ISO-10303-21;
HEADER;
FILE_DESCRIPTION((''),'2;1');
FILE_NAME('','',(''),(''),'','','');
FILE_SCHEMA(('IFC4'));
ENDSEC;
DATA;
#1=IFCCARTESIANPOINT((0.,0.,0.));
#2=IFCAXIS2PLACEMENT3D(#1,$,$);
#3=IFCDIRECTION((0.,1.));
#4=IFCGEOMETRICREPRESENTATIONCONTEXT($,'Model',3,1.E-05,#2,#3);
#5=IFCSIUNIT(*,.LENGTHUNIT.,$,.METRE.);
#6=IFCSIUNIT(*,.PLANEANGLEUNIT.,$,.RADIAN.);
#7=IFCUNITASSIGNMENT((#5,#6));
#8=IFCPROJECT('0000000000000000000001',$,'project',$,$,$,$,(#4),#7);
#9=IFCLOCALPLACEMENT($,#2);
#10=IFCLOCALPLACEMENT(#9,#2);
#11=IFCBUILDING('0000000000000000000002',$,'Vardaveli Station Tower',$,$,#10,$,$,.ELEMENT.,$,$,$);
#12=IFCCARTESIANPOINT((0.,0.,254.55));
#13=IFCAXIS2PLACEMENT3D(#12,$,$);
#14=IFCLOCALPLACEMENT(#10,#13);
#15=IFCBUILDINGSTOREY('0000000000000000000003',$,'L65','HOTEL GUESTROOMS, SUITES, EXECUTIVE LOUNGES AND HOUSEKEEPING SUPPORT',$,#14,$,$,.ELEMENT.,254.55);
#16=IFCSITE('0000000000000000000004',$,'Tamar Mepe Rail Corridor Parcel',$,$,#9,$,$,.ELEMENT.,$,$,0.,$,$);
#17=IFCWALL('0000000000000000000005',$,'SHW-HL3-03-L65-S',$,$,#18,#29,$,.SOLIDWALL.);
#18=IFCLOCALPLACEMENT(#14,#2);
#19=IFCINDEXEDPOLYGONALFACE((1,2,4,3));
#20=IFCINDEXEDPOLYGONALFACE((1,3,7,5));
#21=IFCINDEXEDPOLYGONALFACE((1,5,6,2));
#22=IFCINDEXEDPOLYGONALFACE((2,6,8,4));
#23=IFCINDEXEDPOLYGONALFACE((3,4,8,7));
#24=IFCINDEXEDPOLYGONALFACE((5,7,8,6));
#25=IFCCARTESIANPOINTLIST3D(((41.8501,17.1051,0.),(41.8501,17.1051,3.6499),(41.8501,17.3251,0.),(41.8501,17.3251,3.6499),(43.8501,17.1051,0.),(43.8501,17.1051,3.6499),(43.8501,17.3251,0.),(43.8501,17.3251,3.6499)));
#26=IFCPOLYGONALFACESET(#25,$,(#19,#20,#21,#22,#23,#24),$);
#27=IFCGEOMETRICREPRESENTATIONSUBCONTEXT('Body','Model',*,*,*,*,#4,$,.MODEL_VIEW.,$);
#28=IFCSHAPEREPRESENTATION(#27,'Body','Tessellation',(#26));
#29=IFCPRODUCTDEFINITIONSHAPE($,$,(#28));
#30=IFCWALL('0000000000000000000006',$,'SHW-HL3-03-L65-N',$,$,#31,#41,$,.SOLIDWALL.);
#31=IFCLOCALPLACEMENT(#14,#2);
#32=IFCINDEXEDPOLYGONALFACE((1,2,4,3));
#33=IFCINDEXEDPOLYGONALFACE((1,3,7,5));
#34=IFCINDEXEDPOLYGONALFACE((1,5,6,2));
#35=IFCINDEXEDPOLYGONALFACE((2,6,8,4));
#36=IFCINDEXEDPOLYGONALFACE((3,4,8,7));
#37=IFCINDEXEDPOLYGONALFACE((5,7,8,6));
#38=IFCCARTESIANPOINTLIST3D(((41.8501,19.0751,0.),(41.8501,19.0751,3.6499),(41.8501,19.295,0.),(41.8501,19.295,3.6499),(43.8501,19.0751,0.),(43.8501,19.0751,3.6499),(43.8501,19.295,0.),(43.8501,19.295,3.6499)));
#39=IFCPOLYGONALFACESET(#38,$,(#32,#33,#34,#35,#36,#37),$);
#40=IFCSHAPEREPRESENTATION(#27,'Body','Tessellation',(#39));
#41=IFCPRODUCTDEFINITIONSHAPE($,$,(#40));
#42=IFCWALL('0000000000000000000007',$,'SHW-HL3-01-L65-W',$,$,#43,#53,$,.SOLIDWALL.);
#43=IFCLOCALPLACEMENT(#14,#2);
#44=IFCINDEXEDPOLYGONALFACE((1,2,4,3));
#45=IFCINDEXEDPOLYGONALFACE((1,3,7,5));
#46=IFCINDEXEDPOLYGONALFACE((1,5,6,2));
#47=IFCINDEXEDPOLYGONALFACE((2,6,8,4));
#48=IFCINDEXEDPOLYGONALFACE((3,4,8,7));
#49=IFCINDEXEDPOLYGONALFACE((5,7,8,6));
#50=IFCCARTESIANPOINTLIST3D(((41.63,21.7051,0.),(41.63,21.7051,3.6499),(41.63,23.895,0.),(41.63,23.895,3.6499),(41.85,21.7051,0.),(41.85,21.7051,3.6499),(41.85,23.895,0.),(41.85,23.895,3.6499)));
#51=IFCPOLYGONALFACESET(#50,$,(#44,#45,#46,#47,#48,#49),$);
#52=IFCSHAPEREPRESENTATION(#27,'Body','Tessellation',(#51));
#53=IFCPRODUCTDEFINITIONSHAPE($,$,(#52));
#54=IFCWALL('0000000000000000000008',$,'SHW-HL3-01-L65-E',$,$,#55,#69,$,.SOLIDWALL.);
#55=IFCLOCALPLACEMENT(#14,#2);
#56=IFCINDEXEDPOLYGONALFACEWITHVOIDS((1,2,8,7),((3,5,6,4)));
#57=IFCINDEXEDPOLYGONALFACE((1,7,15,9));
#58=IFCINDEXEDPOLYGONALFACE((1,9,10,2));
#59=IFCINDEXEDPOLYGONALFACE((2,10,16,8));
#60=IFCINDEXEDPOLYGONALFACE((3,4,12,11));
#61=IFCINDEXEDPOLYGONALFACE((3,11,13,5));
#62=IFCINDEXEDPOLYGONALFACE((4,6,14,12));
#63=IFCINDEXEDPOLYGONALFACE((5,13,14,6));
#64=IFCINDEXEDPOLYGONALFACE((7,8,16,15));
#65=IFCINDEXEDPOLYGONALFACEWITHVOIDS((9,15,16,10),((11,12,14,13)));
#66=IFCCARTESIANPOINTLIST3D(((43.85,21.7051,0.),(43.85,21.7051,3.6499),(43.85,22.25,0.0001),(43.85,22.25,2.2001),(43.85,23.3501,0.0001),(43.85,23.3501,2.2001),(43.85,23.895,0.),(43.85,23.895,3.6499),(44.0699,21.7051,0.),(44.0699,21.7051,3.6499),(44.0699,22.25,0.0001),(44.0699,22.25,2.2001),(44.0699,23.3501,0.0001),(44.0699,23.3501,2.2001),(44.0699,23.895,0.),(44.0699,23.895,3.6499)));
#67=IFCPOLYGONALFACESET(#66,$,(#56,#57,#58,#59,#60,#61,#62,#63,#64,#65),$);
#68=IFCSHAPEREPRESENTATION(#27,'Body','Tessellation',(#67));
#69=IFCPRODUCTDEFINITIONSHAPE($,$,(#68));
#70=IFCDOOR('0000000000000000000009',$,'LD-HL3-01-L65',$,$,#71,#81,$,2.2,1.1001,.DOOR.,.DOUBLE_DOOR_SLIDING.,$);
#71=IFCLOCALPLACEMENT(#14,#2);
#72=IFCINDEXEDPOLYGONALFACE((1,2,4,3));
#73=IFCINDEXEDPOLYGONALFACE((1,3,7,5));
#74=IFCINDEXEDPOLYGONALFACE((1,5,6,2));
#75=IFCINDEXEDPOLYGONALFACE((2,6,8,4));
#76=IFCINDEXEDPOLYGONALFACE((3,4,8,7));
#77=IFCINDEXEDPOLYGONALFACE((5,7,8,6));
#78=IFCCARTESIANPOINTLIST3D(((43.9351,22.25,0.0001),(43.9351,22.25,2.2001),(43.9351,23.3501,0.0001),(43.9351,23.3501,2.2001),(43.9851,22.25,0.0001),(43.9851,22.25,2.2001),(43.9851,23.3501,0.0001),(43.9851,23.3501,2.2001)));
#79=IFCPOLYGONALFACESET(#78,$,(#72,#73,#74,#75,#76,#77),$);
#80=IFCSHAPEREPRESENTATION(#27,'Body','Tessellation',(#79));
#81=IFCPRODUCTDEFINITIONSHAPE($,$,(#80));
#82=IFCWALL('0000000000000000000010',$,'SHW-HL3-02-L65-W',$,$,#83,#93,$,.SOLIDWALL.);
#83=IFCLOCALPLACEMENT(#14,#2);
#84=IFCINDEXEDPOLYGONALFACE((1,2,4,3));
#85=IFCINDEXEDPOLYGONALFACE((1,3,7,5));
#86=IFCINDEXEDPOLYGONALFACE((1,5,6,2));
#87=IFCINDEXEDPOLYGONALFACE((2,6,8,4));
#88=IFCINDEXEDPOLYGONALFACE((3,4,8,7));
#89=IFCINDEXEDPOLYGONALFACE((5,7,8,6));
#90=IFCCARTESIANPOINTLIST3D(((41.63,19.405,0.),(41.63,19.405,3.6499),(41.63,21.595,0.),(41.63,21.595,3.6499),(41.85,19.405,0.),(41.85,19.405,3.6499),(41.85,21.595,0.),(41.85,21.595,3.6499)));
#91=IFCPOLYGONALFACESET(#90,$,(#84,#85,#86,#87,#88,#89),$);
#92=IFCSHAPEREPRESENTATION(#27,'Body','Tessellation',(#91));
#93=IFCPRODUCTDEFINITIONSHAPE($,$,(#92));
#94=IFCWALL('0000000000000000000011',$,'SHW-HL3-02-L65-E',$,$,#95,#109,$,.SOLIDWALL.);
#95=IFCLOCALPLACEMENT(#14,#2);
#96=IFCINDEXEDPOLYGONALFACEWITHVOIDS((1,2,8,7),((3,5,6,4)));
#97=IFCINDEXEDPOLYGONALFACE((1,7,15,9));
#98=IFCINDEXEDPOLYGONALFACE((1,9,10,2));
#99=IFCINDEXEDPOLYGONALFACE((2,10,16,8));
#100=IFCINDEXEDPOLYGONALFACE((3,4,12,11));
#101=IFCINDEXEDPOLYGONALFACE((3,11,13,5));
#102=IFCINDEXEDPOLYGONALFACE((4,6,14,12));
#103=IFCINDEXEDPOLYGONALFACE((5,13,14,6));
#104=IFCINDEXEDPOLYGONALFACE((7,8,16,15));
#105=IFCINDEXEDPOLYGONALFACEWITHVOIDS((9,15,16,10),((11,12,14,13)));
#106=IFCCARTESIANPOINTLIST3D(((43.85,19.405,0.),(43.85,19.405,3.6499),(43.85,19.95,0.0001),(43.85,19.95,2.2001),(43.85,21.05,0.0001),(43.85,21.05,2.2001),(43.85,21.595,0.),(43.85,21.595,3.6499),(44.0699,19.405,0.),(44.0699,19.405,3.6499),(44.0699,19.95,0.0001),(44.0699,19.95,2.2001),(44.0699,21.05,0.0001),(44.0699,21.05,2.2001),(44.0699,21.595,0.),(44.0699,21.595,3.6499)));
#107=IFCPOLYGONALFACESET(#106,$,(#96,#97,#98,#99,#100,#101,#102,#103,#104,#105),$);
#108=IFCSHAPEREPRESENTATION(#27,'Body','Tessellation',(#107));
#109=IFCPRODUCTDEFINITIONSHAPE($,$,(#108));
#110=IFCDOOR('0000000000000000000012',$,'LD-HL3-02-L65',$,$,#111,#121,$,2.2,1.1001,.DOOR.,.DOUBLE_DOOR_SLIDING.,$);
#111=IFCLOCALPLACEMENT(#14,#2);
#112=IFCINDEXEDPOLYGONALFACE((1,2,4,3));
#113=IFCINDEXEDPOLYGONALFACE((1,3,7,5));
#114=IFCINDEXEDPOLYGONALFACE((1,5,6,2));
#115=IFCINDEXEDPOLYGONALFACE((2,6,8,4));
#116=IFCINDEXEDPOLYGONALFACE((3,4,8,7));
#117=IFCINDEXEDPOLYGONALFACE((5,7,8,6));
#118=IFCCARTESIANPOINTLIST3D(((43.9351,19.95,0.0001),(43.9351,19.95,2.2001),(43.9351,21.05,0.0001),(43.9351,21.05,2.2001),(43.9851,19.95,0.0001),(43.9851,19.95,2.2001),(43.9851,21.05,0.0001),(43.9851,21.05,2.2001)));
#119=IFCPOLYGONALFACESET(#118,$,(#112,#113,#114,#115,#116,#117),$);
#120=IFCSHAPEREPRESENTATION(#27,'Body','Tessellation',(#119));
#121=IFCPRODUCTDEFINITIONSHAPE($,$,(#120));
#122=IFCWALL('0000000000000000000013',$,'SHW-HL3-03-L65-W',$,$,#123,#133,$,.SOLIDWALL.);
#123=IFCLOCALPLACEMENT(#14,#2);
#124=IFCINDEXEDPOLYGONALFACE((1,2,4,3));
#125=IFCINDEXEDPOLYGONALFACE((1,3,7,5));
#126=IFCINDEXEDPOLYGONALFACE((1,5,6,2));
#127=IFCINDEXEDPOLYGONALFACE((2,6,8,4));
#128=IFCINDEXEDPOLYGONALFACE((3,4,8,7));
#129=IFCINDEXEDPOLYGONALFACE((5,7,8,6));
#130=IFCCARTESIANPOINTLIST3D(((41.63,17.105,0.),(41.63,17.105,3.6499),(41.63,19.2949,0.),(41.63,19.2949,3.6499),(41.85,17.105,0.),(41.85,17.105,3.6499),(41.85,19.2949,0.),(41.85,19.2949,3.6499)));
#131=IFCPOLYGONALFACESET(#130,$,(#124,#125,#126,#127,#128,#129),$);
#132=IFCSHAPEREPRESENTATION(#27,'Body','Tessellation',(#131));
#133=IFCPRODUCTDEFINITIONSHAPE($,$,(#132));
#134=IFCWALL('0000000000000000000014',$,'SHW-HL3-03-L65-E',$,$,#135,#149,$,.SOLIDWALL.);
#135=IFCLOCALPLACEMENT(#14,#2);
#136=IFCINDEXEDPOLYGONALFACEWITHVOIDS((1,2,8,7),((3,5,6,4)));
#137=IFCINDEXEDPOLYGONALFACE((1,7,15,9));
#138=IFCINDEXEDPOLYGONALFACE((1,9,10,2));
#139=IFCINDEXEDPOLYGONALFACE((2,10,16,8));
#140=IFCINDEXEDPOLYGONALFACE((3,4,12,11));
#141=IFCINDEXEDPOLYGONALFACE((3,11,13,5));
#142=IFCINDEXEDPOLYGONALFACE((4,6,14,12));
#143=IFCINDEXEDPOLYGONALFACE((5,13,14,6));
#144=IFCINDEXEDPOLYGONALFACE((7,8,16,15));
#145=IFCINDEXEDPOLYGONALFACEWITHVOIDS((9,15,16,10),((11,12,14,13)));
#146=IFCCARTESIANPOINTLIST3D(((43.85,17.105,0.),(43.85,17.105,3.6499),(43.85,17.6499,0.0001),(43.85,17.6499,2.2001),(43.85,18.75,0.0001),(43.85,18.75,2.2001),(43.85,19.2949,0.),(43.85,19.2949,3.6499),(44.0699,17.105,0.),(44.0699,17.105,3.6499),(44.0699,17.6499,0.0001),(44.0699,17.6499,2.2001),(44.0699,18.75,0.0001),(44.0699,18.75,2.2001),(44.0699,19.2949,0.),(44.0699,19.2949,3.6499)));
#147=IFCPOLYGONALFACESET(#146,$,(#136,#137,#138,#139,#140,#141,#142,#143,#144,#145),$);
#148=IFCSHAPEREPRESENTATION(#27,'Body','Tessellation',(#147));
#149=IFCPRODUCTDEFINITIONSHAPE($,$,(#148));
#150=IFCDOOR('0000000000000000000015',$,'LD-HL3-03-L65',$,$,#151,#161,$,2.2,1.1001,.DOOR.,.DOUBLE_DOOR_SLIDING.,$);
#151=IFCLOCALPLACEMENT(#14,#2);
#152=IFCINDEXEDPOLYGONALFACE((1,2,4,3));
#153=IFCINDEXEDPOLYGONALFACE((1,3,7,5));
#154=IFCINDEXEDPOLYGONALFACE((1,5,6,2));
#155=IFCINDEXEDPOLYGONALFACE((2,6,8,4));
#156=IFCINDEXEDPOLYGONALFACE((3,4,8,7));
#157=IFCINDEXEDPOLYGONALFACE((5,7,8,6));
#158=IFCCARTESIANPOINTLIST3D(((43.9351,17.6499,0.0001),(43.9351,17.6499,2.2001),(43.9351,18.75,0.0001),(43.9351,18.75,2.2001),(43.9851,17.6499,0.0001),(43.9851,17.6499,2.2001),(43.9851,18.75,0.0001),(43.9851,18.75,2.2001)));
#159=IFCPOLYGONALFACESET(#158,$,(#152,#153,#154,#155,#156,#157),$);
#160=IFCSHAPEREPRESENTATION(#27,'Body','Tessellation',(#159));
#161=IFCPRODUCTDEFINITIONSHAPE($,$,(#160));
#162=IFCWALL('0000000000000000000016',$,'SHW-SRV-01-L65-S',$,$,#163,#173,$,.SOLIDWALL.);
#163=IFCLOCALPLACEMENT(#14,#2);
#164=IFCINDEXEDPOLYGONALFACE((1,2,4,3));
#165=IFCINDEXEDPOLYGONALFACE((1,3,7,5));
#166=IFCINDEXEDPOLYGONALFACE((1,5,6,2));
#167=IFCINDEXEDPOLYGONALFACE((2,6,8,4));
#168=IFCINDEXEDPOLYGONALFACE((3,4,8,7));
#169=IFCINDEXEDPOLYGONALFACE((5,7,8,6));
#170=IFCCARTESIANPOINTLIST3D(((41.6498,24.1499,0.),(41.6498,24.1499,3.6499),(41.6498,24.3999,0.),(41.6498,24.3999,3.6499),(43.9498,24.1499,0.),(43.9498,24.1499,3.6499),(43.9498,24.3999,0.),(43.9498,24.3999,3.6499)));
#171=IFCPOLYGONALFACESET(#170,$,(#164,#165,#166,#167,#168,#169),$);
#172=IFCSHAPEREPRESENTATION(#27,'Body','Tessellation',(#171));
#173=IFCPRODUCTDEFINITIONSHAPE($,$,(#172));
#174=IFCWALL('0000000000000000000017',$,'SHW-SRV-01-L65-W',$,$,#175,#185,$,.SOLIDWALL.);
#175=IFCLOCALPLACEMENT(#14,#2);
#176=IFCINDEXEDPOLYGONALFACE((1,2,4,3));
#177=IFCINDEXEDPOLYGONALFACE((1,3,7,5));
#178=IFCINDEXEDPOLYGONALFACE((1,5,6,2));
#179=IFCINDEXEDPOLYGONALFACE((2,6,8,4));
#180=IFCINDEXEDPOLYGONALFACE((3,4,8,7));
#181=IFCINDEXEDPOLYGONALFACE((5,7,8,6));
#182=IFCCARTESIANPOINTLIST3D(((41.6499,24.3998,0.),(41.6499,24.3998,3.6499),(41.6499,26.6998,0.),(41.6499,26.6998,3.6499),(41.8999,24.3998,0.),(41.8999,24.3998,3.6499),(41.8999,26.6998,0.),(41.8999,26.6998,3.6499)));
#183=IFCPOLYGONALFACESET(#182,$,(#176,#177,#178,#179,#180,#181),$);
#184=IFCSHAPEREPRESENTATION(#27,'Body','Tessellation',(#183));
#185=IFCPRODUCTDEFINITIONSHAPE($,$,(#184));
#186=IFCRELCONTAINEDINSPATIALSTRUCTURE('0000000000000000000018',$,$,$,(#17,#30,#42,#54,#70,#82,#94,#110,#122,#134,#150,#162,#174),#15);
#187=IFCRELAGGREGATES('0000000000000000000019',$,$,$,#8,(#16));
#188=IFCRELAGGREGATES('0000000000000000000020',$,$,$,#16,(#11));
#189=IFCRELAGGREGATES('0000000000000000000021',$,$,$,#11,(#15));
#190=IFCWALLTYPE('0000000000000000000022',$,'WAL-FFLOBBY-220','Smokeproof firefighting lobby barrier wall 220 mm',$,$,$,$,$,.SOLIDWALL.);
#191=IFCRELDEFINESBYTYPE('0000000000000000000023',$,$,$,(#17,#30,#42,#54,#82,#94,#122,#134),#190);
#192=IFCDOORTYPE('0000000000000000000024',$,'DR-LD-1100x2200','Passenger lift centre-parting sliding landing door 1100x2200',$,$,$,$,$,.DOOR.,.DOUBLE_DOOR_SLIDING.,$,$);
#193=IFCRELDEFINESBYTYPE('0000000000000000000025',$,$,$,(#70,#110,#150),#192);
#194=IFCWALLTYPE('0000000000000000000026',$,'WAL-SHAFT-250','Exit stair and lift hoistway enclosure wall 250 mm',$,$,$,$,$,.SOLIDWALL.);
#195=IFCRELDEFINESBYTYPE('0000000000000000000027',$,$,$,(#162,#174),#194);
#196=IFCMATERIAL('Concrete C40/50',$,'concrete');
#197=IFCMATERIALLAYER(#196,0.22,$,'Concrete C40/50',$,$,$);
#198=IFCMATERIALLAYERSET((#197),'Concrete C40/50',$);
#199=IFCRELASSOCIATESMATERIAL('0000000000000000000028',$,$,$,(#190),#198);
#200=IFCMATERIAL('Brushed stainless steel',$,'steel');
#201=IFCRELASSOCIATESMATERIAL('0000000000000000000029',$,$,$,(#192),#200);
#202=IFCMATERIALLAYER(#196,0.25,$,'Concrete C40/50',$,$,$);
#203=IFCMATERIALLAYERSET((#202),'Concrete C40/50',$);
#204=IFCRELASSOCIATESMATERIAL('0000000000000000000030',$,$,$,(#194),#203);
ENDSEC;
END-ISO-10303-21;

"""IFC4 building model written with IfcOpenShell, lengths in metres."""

from ifc_helpers import new_model, si_unit, direction, frame, frame_2d, origin, place, context, subcontext, project, spatial, rectangle, extrude, source, transform, mapped, material, layer, layer_set, type_object, element, fill, save


model = new_model("IFC4")

# Units and contexts
model_context = context("Model", 3, precision=1e-05, world=origin(), true_north=direction((0.0, 1.0)))
body_context = subcontext(model_context, "Body", "Model", "MODEL_VIEW")
ifc_project = project(units=[si_unit("LENGTHUNIT", "METRE"), si_unit("PLANEANGLEUNIT", "RADIAN")], contexts=[model_context])

# Site, building, storey
site_placement = place(None, origin())
site = spatial("IfcSite", under=ifc_project, at=site_placement, Name="Tamar Mepe Rail Corridor Parcel", CompositionType="ELEMENT", RefElevation=0.0)
building_placement = place(site_placement, origin())
building = spatial("IfcBuilding", under=site, at=building_placement, Name="Vardaveli Station Tower", CompositionType="ELEMENT")
storey_placement = place(building_placement, frame((0.0, 0.0, 254.55)))
storey = spatial("IfcBuildingStorey", under=building, at=storey_placement, Name="L65", Description="HOTEL GUESTROOMS, SUITES, EXECUTIVE LOUNGES AND HOUSEKEEPING SUPPORT", CompositionType="ELEMENT", Elevation=254.55)

# Walls
ifc_material_1 = material(Name="Concrete C40/50", Category="concrete")
ifc_layer_1 = layer(ifc_material_1, 0.22, Name="Concrete C40/50")
ifc_layer_set_1 = layer_set([ifc_layer_1], Name="Concrete C40/50")
wall_type_1 = type_object("IfcWallType", Name="WAL-FFLOBBY-220", Description="Smokeproof firefighting lobby barrier wall 220 mm", PredefinedType="SOLIDWALL", material=ifc_layer_set_1)
shared_shape_1 = source(origin(), body_context, "Body", "SweptSolid", [
    extrude(rectangle(XDim=2.0, YDim=0.22, at=frame_2d((1.0, 0.0))), origin(), (0.0, 0.0, 1.0), 3.6499),
])
for number, where, z_axis, x_axis, name in (
    (1, (41.8501, 17.2151, 0.0), (0.0, 0.0, 1.0), (1.0, 0.0, 0.0), "SHW-HL3-03-L65-S"),
    (2, (41.8501, 19.1851, 0.0), (0.0, 0.0, 1.0), (1.0, 0.0, 0.0), "SHW-HL3-03-L65-N"),
):
    element("IfcWall", number, at=place(storey_placement, frame(where, z_axis=z_axis, x_axis=x_axis)), inside=storey, type_object=wall_type_1, Name=name, PredefinedType="SOLIDWALL", context=body_context, shape_type="MappedRepresentation", body=[
        mapped(shared_shape_1, transform((0.0, 0.0, 0.0), scale=1.0)),
    ])
shared_shape_2 = source(origin(), body_context, "Body", "SweptSolid", [
    extrude(rectangle(XDim=2.1899, YDim=0.22, at=frame_2d((1.095, 0.0))), origin(), (0.0, 0.0, 1.0), 3.6499),
])
wall_1_placement = place(storey_placement, frame((41.74, 21.7051, 0.0), z_axis=(0.0, 0.0, 1.0), x_axis=(0.0, 1.0, 0.0)))
element("IfcWall", 3, at=wall_1_placement, inside=storey, type_object=wall_type_1, Name="SHW-HL3-01-L65-W", PredefinedType="SOLIDWALL", context=body_context, shape_type="MappedRepresentation", body=[
    mapped(shared_shape_2, transform((0.0, 0.0, 0.0), scale=1.0)),
])

# Wall, opening, door
wall_2_placement = place(storey_placement, frame((43.96, 21.7051, 0.0), z_axis=(0.0, 0.0, 1.0), x_axis=(0.0, 1.0, 0.0)))
wall_2 = element("IfcWall", 4, at=wall_2_placement, inside=storey, type_object=wall_type_1, Name="SHW-HL3-01-L65-E", PredefinedType="SOLIDWALL", context=body_context, shape_type="MappedRepresentation", body=[
    mapped(shared_shape_2, transform((0.0, 0.0, 0.0), scale=1.0)),
])
shared_shape_3 = source(origin(), body_context, "Body", "SweptSolid", [
    extrude(rectangle(XDim=1.1001, YDim=2.2, at=frame_2d((0.55, 1.1001))), frame((0.0, 0.1201, 0.0), z_axis=(0.0, -1.0, 0.0), x_axis=(1.0, 0.0, 0.0)), (0.0, 0.0, 1.0), 0.24),
])
opening_1_placement = place(wall_2_placement, frame((0.5449, 0.0, 0.0)))
opening_1 = element("IfcOpeningElement", 5, at=opening_1_placement, cuts=wall_2, PredefinedType="OPENING", context=body_context, shape_type="MappedRepresentation", body=[
    mapped(shared_shape_3, transform((0.0, 0.0, 0.0), scale=1.0)),
])
ifc_material_2 = material(Name="Brushed stainless steel", Category="steel")
door_type = type_object("IfcDoorType", Name="DR-LD-1100x2200", Description="Passenger lift centre-parting sliding landing door 1100x2200", OperationType="DOUBLE_DOOR_SLIDING", PredefinedType="DOOR", material=ifc_material_2)
shared_shape_4 = source(origin(), body_context, "Body", "SweptSolid", [
    extrude(rectangle(XDim=1.1001, YDim=2.2, at=frame_2d((0.55, 1.1001))), frame((0.0, 0.0249, 0.0), z_axis=(0.0, -1.0, 0.0), x_axis=(1.0, 0.0, 0.0)), (0.0, 0.0, 1.0), 0.05),
])
door_1_placement = place(opening_1_placement, origin())
door_1 = element("IfcDoor", 6, at=door_1_placement, inside=storey, type_object=door_type, Name="LD-HL3-01-L65", OperationType="DOUBLE_DOOR_SLIDING", OverallHeight=2.2, OverallWidth=1.1001, PredefinedType="DOOR", context=body_context, shape_type="MappedRepresentation", body=[
    mapped(shared_shape_4, transform((0.0, 0.0, 0.0), scale=1.0)),
])
fill(opening_1, door_1)

# Wall
wall_3_placement = place(storey_placement, frame((41.74, 19.405, 0.0), z_axis=(0.0, 0.0, 1.0), x_axis=(0.0, 1.0, 0.0)))
element("IfcWall", 7, at=wall_3_placement, inside=storey, type_object=wall_type_1, Name="SHW-HL3-02-L65-W", PredefinedType="SOLIDWALL", context=body_context, shape_type="MappedRepresentation", body=[
    mapped(shared_shape_2, transform((0.0, 0.0, 0.0), scale=1.0)),
])

# Wall, opening, door
wall_4_placement = place(storey_placement, frame((43.96, 19.405, 0.0), z_axis=(0.0, 0.0, 1.0), x_axis=(0.0, 1.0, 0.0)))
wall_4 = element("IfcWall", 8, at=wall_4_placement, inside=storey, type_object=wall_type_1, Name="SHW-HL3-02-L65-E", PredefinedType="SOLIDWALL", context=body_context, shape_type="MappedRepresentation", body=[
    mapped(shared_shape_2, transform((0.0, 0.0, 0.0), scale=1.0)),
])
opening_2_placement = place(wall_4_placement, frame((0.5449, 0.0, 0.0)))
opening_2 = element("IfcOpeningElement", 9, at=opening_2_placement, cuts=wall_4, PredefinedType="OPENING", context=body_context, shape_type="MappedRepresentation", body=[
    mapped(shared_shape_3, transform((0.0, 0.0, 0.0), scale=1.0)),
])
door_2_placement = place(opening_2_placement, origin())
door_2 = element("IfcDoor", 10, at=door_2_placement, inside=storey, type_object=door_type, Name="LD-HL3-02-L65", OperationType="DOUBLE_DOOR_SLIDING", OverallHeight=2.2, OverallWidth=1.1001, PredefinedType="DOOR", context=body_context, shape_type="MappedRepresentation", body=[
    mapped(shared_shape_4, transform((0.0, 0.0, 0.0), scale=1.0)),
])
fill(opening_2, door_2)

# Wall
wall_5_placement = place(storey_placement, frame((41.74, 17.105, 0.0), z_axis=(0.0, 0.0, 1.0), x_axis=(0.0, 1.0, 0.0)))
element("IfcWall", 11, at=wall_5_placement, inside=storey, type_object=wall_type_1, Name="SHW-HL3-03-L65-W", PredefinedType="SOLIDWALL", context=body_context, shape_type="MappedRepresentation", body=[
    mapped(shared_shape_2, transform((0.0, 0.0, 0.0), scale=1.0)),
])

# Wall, opening, door
wall_6_placement = place(storey_placement, frame((43.96, 17.105, 0.0), z_axis=(0.0, 0.0, 1.0), x_axis=(0.0, 1.0, 0.0)))
wall_6 = element("IfcWall", 12, at=wall_6_placement, inside=storey, type_object=wall_type_1, Name="SHW-HL3-03-L65-E", PredefinedType="SOLIDWALL", context=body_context, shape_type="MappedRepresentation", body=[
    mapped(shared_shape_2, transform((0.0, 0.0, 0.0), scale=1.0)),
])
opening_3_placement = place(wall_6_placement, frame((0.5449, 0.0, 0.0)))
opening_3 = element("IfcOpeningElement", 13, at=opening_3_placement, cuts=wall_6, PredefinedType="OPENING", context=body_context, shape_type="MappedRepresentation", body=[
    mapped(shared_shape_3, transform((0.0, 0.0, 0.0), scale=1.0)),
])
door_3_placement = place(opening_3_placement, origin())
door_3 = element("IfcDoor", 14, at=door_3_placement, inside=storey, type_object=door_type, Name="LD-HL3-03-L65", OperationType="DOUBLE_DOOR_SLIDING", OverallHeight=2.2, OverallWidth=1.1001, PredefinedType="DOOR", context=body_context, shape_type="MappedRepresentation", body=[
    mapped(shared_shape_4, transform((0.0, 0.0, 0.0), scale=1.0)),
])
fill(opening_3, door_3)

# Walls
ifc_layer_2 = layer(ifc_material_1, 0.25, Name="Concrete C40/50")
ifc_layer_set_2 = layer_set([ifc_layer_2], Name="Concrete C40/50")
wall_type_2 = type_object("IfcWallType", Name="WAL-SHAFT-250", Description="Exit stair and lift hoistway enclosure wall 250 mm", PredefinedType="SOLIDWALL", material=ifc_layer_set_2)
shared_shape_5 = source(origin(), body_context, "Body", "SweptSolid", [
    extrude(rectangle(XDim=2.3, YDim=0.25, at=frame_2d((1.1499, 0.0))), origin(), (0.0, 0.0, 1.0), 3.6499),
])
for number, where, z_axis, x_axis, name in (
    (15, (41.6499, 24.2749, 0.0), (0.0, 0.0, 1.0), (1.0, 0.0, 0.0), "SHW-SRV-01-L65-S"),
    (16, (41.7749, 24.3999, 0.0), (0.0, 0.0, 1.0), (0.0, 1.0, 0.0), "SHW-SRV-01-L65-W"),
):
    element("IfcWall", number, at=place(storey_placement, frame(where, z_axis=z_axis, x_axis=x_axis)), inside=storey, type_object=wall_type_2, Name=name, PredefinedType="SOLIDWALL", context=body_context, shape_type="MappedRepresentation", body=[
        mapped(shared_shape_5, transform((0.0, 0.0, 0.0), scale=1.0)),
    ])

save(model, "model.ifc")
